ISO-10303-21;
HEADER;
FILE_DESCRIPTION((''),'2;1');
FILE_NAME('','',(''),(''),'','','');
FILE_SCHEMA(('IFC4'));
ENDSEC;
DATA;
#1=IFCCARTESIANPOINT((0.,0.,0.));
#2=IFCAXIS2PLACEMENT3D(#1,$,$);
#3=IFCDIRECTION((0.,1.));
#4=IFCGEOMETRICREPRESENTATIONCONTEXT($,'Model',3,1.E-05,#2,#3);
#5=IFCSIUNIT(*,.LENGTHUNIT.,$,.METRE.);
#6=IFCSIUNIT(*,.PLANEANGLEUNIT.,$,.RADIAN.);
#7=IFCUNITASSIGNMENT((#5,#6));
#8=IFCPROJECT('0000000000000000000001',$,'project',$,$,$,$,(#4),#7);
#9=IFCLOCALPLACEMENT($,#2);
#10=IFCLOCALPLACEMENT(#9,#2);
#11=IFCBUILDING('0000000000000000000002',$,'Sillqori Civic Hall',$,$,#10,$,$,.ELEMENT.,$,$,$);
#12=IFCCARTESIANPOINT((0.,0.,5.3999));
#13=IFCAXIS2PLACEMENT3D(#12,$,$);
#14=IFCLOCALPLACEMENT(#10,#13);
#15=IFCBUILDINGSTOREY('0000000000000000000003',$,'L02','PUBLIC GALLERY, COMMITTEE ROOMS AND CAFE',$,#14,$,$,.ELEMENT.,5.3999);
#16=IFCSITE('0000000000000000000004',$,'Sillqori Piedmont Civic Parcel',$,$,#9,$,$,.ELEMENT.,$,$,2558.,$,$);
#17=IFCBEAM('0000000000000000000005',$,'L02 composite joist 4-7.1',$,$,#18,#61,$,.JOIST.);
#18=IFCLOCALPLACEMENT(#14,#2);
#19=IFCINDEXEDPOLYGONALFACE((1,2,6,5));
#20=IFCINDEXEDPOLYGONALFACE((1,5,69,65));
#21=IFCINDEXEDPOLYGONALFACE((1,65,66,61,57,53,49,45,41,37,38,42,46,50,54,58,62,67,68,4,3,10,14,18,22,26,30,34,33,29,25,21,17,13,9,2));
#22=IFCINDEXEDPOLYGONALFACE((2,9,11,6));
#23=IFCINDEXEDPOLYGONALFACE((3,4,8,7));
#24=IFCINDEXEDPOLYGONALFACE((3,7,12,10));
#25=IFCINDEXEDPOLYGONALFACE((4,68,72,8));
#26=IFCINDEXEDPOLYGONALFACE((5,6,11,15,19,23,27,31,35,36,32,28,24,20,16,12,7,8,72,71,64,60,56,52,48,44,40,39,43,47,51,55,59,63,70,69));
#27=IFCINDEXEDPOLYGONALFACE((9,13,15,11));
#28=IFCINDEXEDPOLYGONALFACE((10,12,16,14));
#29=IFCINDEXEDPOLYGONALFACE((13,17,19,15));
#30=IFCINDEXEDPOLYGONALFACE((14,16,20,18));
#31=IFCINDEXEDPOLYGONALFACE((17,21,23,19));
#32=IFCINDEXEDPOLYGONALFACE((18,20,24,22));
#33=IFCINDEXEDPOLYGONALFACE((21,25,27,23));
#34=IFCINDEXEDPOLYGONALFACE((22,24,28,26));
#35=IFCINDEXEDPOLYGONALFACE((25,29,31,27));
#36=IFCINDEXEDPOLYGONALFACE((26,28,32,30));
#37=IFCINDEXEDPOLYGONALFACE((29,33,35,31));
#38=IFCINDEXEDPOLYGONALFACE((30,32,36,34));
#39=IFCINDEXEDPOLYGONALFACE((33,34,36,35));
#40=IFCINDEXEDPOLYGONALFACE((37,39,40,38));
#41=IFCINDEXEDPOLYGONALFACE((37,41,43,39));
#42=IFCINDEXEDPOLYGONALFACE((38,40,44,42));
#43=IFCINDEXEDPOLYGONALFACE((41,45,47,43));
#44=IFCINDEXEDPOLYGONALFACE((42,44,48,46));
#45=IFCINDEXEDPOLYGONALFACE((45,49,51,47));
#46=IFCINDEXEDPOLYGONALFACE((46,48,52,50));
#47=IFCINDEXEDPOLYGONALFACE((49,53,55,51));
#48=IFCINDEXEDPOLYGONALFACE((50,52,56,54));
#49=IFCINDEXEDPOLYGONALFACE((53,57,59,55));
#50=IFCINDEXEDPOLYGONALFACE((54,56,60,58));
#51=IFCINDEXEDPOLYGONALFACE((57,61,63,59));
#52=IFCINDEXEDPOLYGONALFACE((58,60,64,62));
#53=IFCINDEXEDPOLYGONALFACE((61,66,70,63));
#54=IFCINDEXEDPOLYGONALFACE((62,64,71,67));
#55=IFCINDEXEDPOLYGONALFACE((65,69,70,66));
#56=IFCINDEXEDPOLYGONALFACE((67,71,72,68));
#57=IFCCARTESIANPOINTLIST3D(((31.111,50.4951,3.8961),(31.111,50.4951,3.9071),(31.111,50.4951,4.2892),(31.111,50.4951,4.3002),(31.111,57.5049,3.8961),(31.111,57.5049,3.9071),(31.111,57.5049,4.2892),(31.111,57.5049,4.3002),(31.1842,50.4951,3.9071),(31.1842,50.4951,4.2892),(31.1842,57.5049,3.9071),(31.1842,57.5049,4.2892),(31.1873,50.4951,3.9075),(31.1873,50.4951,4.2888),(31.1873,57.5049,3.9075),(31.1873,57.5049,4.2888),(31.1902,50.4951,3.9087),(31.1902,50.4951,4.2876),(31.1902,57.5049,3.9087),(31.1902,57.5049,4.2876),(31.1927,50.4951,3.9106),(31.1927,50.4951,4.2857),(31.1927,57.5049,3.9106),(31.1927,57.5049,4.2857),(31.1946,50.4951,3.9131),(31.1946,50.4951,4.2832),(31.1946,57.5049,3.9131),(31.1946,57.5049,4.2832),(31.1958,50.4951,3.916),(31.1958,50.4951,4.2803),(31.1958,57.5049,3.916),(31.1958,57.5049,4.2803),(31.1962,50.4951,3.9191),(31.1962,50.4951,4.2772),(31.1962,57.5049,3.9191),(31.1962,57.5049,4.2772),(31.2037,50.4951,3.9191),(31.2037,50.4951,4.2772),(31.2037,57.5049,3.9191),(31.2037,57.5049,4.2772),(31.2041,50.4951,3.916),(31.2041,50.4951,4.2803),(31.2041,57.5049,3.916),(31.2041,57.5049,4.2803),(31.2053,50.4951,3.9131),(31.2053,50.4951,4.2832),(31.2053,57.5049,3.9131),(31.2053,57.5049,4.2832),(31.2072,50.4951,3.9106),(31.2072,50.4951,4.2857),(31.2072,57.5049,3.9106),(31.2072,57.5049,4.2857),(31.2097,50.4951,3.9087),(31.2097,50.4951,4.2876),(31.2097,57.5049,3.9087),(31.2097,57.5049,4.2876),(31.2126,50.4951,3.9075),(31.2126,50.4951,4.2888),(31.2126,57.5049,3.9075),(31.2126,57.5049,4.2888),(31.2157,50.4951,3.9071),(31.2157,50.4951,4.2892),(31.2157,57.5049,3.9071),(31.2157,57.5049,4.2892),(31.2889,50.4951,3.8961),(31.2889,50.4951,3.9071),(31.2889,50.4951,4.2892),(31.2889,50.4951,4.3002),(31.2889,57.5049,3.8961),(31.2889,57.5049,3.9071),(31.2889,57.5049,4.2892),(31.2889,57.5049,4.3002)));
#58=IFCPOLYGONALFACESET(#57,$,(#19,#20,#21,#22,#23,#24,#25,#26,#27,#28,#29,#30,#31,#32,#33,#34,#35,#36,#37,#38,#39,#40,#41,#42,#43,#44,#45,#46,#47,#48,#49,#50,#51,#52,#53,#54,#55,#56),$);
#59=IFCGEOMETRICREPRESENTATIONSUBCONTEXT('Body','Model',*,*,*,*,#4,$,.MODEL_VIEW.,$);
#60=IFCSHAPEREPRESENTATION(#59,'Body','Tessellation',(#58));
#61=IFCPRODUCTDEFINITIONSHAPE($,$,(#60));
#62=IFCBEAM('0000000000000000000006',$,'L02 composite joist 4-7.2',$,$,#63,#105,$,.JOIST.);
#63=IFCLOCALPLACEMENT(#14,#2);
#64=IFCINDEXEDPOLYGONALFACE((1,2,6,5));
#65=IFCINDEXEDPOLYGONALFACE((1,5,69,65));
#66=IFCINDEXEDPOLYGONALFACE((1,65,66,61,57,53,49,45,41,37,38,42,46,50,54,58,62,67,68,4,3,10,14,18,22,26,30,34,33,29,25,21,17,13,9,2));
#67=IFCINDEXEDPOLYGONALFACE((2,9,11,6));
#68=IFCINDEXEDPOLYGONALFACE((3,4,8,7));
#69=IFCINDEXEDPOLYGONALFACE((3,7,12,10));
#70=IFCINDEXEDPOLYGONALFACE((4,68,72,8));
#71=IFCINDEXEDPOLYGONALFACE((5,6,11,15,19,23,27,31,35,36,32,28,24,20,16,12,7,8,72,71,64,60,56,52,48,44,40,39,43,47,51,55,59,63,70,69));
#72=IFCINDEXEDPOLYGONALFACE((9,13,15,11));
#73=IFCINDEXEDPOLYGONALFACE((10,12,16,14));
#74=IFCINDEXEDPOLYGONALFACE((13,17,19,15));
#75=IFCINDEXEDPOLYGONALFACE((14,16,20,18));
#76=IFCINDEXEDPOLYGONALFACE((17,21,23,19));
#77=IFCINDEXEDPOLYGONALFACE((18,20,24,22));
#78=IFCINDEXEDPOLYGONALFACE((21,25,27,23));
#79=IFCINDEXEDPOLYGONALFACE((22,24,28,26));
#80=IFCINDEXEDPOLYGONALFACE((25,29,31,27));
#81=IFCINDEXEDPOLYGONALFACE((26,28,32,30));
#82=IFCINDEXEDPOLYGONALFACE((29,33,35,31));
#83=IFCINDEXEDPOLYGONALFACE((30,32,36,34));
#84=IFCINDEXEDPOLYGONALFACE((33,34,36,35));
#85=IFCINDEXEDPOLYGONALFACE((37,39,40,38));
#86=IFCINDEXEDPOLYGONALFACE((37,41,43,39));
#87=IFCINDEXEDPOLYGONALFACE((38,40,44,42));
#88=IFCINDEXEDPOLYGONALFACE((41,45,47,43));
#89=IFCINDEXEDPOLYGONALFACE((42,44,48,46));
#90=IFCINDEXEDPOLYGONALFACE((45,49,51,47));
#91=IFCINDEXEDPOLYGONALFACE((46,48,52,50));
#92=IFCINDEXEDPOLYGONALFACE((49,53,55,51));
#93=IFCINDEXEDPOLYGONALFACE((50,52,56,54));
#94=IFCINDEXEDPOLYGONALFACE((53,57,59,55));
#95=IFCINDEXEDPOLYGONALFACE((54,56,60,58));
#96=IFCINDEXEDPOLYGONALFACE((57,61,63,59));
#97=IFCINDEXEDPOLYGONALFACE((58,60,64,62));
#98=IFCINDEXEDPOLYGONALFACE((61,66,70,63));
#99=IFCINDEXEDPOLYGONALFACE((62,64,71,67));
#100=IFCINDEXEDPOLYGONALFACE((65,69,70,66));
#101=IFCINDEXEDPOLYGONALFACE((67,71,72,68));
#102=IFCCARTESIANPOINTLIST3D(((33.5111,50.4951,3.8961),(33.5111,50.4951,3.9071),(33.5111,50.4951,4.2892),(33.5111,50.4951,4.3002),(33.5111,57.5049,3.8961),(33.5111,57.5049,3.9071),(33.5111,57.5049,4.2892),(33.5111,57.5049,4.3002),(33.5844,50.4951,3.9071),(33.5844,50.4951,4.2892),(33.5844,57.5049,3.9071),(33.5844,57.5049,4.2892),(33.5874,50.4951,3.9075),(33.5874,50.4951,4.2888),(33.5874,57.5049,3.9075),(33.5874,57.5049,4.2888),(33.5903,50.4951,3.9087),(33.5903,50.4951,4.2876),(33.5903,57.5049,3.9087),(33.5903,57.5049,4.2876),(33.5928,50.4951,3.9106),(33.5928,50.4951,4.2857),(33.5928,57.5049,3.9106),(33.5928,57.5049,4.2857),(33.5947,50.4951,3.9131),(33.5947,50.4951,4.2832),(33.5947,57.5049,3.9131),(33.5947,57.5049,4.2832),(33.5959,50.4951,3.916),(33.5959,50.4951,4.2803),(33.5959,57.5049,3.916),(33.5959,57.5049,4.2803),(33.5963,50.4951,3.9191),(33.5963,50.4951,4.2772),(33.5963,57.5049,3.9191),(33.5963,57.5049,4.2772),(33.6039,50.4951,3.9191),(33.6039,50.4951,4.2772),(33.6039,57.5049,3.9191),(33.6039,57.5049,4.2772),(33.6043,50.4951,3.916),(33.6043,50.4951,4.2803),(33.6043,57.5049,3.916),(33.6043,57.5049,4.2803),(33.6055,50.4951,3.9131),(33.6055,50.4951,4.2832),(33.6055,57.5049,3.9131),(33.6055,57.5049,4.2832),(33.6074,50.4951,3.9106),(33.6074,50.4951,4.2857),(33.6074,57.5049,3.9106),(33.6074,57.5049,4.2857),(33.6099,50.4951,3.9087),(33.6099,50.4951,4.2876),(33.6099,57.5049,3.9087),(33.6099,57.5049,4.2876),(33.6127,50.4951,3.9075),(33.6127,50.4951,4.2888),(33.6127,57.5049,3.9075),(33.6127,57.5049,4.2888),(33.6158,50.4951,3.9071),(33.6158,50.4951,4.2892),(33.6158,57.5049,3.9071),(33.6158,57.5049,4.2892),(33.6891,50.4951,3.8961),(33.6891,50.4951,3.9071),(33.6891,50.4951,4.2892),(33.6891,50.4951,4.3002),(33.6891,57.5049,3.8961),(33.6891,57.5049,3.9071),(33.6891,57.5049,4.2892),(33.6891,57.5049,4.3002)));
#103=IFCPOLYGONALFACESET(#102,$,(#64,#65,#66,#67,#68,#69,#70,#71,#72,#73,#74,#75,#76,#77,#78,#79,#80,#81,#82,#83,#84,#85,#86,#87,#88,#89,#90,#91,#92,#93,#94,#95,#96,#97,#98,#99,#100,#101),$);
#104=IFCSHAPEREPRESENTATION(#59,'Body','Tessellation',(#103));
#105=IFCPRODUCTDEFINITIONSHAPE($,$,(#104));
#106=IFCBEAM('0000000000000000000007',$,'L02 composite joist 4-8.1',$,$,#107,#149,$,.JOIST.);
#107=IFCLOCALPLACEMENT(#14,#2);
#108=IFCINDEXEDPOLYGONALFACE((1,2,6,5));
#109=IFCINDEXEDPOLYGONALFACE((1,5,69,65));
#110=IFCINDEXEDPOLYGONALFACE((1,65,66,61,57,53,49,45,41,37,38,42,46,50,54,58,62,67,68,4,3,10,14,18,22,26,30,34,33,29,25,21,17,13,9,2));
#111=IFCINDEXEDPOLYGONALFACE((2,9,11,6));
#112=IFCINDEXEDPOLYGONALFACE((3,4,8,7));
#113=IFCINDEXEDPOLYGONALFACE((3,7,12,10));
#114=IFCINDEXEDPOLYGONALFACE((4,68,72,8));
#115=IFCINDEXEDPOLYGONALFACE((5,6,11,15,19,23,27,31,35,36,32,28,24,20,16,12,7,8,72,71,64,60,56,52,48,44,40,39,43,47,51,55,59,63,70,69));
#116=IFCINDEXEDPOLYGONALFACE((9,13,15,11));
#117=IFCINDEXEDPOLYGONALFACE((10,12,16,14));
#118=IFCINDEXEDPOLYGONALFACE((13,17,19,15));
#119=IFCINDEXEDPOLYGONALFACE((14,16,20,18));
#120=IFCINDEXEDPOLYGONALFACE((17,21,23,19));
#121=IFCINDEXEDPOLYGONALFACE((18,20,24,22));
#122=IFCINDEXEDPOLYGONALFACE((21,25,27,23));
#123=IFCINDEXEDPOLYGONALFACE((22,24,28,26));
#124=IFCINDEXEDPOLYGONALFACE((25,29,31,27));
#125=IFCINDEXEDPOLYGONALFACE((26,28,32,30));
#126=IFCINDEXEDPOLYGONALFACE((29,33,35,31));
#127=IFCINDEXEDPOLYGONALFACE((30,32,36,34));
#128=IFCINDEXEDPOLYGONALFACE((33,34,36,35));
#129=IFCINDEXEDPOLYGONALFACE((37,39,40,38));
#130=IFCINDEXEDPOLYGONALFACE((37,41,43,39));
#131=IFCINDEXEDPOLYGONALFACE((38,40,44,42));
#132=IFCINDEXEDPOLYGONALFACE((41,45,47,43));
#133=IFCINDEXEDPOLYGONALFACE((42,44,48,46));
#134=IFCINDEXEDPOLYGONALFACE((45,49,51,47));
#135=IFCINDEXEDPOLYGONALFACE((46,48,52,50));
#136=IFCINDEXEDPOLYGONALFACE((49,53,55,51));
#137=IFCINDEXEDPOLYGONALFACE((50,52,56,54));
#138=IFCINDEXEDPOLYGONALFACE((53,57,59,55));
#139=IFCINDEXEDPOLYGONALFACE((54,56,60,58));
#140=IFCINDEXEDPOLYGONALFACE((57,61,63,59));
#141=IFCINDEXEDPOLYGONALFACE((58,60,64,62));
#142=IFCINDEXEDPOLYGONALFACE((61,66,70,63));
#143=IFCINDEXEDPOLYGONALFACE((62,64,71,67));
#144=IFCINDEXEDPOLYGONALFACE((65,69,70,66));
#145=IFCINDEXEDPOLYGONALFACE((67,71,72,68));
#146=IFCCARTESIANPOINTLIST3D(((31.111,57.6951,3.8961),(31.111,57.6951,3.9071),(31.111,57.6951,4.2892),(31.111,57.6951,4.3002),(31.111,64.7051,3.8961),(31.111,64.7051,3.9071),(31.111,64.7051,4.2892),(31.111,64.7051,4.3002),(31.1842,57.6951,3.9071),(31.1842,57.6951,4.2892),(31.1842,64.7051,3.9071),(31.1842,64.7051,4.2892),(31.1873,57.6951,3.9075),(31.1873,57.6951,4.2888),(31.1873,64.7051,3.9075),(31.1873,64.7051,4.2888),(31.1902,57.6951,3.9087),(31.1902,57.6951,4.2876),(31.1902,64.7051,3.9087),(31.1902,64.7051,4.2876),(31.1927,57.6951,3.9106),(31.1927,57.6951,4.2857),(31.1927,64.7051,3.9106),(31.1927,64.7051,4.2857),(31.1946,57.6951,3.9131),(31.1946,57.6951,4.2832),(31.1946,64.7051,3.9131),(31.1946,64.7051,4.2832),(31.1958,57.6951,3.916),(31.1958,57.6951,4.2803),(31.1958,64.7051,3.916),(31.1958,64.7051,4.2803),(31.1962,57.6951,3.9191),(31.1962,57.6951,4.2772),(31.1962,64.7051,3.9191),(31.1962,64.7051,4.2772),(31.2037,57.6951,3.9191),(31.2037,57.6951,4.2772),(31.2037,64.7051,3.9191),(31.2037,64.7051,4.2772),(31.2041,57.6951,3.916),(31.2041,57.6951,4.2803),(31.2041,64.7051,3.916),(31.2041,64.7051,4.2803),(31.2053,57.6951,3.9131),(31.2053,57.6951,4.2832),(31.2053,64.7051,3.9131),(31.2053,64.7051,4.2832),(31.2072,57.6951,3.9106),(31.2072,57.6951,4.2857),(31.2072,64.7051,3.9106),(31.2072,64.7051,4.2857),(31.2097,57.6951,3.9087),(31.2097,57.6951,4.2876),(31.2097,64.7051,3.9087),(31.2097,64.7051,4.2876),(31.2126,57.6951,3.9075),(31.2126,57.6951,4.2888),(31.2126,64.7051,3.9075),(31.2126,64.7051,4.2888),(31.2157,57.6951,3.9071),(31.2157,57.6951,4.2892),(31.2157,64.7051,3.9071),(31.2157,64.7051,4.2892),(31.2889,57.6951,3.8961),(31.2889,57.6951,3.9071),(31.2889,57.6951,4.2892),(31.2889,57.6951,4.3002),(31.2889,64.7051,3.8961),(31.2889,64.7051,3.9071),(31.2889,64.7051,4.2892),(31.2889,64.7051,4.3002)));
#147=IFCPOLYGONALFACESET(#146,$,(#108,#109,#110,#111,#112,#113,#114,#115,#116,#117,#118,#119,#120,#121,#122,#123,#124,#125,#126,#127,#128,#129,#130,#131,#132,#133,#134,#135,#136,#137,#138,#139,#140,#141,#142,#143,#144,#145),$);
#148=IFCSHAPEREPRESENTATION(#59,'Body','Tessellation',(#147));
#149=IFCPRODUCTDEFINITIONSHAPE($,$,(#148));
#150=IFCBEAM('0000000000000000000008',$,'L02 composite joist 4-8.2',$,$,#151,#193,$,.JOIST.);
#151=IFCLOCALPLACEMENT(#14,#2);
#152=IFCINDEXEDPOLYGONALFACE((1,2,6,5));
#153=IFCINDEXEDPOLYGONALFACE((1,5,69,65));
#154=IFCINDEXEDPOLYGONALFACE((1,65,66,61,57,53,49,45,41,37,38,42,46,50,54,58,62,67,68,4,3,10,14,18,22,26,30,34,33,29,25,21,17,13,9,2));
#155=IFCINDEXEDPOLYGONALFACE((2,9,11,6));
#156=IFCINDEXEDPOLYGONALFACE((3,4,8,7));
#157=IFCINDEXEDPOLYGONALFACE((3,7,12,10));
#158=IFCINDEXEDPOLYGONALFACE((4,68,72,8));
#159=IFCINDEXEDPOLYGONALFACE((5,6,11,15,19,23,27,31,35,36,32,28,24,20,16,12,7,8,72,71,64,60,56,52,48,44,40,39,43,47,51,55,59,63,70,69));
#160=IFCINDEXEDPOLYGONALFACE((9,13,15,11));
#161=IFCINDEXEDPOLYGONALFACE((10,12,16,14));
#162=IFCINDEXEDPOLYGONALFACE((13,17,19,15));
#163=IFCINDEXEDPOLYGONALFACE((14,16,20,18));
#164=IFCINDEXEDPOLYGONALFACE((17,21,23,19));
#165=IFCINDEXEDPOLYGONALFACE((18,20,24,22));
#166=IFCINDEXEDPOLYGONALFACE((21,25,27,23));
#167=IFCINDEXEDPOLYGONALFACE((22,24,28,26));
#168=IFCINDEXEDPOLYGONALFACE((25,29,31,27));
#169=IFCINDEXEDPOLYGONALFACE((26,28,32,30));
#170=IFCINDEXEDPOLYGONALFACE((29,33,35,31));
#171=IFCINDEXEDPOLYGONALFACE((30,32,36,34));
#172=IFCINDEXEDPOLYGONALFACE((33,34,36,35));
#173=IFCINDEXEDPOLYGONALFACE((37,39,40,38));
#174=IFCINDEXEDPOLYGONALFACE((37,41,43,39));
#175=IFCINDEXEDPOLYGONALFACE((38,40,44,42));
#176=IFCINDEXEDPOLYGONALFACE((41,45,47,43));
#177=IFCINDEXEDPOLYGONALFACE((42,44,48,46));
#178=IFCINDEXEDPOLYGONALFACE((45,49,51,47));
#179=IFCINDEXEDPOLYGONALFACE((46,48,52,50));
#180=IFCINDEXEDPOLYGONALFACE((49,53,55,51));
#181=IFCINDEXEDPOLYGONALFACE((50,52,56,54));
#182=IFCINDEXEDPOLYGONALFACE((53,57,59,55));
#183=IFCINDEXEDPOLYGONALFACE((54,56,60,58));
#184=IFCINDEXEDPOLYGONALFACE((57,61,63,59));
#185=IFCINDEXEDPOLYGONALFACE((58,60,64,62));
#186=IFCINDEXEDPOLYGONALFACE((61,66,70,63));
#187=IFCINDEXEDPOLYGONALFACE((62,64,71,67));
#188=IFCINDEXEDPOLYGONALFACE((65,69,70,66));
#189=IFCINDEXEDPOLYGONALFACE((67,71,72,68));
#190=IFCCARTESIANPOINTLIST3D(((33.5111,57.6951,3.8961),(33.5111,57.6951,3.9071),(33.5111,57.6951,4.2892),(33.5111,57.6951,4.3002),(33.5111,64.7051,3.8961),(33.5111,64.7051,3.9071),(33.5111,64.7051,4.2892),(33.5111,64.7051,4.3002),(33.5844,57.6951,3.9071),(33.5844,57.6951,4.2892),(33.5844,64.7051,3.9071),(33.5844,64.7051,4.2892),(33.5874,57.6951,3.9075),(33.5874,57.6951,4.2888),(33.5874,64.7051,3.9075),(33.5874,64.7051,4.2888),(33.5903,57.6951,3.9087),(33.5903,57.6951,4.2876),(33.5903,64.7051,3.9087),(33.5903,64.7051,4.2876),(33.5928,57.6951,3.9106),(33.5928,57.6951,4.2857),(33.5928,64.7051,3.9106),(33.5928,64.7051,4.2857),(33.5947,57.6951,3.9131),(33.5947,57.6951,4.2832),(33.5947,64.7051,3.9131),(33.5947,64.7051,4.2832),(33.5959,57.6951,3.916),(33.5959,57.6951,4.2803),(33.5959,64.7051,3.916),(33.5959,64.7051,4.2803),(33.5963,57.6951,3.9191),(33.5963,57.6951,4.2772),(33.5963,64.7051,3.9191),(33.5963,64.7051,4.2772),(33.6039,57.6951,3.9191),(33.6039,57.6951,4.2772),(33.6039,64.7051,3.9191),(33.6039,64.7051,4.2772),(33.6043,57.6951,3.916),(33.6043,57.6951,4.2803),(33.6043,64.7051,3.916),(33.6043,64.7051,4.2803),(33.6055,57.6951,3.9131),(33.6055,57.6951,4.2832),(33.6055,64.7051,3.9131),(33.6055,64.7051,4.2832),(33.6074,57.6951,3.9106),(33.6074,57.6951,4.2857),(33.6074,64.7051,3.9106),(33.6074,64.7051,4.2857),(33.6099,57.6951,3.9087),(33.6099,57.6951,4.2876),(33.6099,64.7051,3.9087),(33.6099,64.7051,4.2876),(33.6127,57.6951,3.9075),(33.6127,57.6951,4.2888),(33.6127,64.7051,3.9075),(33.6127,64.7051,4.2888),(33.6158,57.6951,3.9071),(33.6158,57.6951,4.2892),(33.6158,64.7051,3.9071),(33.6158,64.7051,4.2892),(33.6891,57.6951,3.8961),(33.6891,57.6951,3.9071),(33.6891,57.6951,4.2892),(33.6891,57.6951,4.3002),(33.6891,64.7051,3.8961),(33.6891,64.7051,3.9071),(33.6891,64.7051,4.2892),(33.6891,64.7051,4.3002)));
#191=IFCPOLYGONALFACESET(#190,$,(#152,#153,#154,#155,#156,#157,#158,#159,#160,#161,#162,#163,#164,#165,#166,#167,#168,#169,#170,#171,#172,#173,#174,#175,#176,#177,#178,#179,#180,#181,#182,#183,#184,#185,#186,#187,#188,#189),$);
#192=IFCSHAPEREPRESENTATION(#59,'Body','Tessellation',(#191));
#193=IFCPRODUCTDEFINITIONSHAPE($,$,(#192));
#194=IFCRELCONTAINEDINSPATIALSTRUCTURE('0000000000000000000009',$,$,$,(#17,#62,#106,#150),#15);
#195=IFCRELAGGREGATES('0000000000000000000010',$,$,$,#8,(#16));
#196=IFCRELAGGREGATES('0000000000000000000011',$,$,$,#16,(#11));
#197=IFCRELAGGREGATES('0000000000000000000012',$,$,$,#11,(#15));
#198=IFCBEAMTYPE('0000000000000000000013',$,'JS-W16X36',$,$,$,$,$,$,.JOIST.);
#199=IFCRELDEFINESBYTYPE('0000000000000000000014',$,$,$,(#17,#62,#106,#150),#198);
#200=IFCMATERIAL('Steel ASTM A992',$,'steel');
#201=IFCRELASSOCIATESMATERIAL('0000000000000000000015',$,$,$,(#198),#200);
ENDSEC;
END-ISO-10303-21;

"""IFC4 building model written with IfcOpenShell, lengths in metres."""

from ifc_helpers import new_model, si_unit, direction, frame, origin, origin_2d, place, context, subcontext, project, spatial, i_section, extrude, material, material_profile, profile_set, type_object, element, save


model = new_model("IFC4")

# Units and contexts
model_context = context("Model", 3, precision=1e-05, world=origin(), true_north=direction((0.0, 1.0)))
body_context = subcontext(model_context, "Body", "Model", "MODEL_VIEW")
ifc_project = project(units=[si_unit("LENGTHUNIT", "METRE"), si_unit("PLANEANGLEUNIT", "RADIAN")], contexts=[model_context])

# Site, building, storey
site_placement = place(None, origin())
site = spatial("IfcSite", under=ifc_project, at=site_placement, Name="Sillqori Piedmont Civic Parcel", CompositionType="ELEMENT", RefElevation=2558.0)
building_placement = place(site_placement, origin())
building = spatial("IfcBuilding", under=site, at=building_placement, Name="Sillqori Civic Hall", CompositionType="ELEMENT")
storey_placement = place(building_placement, frame((0.0, 0.0, 5.3999)))
storey = spatial("IfcBuildingStorey", under=building, at=storey_placement, Name="L02", Description="PUBLIC GALLERY, COMMITTEE ROOMS AND CAFE", CompositionType="ELEMENT", Elevation=5.3999)

# Shared definitions
ifc_material_1 = material(Name="Steel ASTM A992", Category="steel")

# Beams
ifc_material_profile_1 = material_profile(ifc_material_1, i_section(OverallWidth=0.178, OverallDepth=0.4041, WebThickness=0.0076, FlangeThickness=0.011, FilletRadius=0.012, at=origin_2d()), Name="W16X36")
ifc_profile_set_1 = profile_set([ifc_material_profile_1], Name="Steel ASTM A992")
beam_type_1 = type_object("IfcBeamType", Name="JS-W16X36", PredefinedType="JOIST", material=ifc_profile_set_1)
for number, where, z_axis, x_axis, name in (
    (1, (31.2, 50.4951, 4.0981), (0.0, 1.0, 0.0), (-1.0, 0.0, 0.0), "L02 composite joist 4-7.1"),
    (2, (33.6001, 50.4951, 4.0981), (0.0, 1.0, 0.0), (-1.0, 0.0, 0.0), "L02 composite joist 4-7.2"),
):
    element("IfcBeam", number, at=place(storey_placement, frame(where, z_axis=z_axis, x_axis=x_axis)), inside=storey, type_object=beam_type_1, Name=name, PredefinedType="JOIST", context=body_context, shape_type="SweptSolid", body=[
        extrude(i_section(OverallWidth=0.178, OverallDepth=0.4041, WebThickness=0.0076, FlangeThickness=0.011, FilletRadius=0.012, at=origin_2d()), origin(), (0.0, 0.0, 1.0), 7.0098),
    ])
for number, where, z_axis, x_axis, name in (
    (3, (31.2, 57.6951, 4.0981), (0.0, 1.0, 0.0), (-1.0, 0.0, 0.0), "L02 composite joist 4-8.1"),
    (4, (33.6001, 57.6951, 4.0981), (0.0, 1.0, 0.0), (-1.0, 0.0, 0.0), "L02 composite joist 4-8.2"),
):
    element("IfcBeam", number, at=place(storey_placement, frame(where, z_axis=z_axis, x_axis=x_axis)), inside=storey, type_object=beam_type_1, Name=name, PredefinedType="JOIST", context=body_context, shape_type="SweptSolid", body=[
        extrude(i_section(OverallWidth=0.178, OverallDepth=0.4041, WebThickness=0.0076, FlangeThickness=0.011, FilletRadius=0.012, at=origin_2d()), origin(), (0.0, 0.0, 1.0), 7.01),
    ])

save(model, "model.ifc")
